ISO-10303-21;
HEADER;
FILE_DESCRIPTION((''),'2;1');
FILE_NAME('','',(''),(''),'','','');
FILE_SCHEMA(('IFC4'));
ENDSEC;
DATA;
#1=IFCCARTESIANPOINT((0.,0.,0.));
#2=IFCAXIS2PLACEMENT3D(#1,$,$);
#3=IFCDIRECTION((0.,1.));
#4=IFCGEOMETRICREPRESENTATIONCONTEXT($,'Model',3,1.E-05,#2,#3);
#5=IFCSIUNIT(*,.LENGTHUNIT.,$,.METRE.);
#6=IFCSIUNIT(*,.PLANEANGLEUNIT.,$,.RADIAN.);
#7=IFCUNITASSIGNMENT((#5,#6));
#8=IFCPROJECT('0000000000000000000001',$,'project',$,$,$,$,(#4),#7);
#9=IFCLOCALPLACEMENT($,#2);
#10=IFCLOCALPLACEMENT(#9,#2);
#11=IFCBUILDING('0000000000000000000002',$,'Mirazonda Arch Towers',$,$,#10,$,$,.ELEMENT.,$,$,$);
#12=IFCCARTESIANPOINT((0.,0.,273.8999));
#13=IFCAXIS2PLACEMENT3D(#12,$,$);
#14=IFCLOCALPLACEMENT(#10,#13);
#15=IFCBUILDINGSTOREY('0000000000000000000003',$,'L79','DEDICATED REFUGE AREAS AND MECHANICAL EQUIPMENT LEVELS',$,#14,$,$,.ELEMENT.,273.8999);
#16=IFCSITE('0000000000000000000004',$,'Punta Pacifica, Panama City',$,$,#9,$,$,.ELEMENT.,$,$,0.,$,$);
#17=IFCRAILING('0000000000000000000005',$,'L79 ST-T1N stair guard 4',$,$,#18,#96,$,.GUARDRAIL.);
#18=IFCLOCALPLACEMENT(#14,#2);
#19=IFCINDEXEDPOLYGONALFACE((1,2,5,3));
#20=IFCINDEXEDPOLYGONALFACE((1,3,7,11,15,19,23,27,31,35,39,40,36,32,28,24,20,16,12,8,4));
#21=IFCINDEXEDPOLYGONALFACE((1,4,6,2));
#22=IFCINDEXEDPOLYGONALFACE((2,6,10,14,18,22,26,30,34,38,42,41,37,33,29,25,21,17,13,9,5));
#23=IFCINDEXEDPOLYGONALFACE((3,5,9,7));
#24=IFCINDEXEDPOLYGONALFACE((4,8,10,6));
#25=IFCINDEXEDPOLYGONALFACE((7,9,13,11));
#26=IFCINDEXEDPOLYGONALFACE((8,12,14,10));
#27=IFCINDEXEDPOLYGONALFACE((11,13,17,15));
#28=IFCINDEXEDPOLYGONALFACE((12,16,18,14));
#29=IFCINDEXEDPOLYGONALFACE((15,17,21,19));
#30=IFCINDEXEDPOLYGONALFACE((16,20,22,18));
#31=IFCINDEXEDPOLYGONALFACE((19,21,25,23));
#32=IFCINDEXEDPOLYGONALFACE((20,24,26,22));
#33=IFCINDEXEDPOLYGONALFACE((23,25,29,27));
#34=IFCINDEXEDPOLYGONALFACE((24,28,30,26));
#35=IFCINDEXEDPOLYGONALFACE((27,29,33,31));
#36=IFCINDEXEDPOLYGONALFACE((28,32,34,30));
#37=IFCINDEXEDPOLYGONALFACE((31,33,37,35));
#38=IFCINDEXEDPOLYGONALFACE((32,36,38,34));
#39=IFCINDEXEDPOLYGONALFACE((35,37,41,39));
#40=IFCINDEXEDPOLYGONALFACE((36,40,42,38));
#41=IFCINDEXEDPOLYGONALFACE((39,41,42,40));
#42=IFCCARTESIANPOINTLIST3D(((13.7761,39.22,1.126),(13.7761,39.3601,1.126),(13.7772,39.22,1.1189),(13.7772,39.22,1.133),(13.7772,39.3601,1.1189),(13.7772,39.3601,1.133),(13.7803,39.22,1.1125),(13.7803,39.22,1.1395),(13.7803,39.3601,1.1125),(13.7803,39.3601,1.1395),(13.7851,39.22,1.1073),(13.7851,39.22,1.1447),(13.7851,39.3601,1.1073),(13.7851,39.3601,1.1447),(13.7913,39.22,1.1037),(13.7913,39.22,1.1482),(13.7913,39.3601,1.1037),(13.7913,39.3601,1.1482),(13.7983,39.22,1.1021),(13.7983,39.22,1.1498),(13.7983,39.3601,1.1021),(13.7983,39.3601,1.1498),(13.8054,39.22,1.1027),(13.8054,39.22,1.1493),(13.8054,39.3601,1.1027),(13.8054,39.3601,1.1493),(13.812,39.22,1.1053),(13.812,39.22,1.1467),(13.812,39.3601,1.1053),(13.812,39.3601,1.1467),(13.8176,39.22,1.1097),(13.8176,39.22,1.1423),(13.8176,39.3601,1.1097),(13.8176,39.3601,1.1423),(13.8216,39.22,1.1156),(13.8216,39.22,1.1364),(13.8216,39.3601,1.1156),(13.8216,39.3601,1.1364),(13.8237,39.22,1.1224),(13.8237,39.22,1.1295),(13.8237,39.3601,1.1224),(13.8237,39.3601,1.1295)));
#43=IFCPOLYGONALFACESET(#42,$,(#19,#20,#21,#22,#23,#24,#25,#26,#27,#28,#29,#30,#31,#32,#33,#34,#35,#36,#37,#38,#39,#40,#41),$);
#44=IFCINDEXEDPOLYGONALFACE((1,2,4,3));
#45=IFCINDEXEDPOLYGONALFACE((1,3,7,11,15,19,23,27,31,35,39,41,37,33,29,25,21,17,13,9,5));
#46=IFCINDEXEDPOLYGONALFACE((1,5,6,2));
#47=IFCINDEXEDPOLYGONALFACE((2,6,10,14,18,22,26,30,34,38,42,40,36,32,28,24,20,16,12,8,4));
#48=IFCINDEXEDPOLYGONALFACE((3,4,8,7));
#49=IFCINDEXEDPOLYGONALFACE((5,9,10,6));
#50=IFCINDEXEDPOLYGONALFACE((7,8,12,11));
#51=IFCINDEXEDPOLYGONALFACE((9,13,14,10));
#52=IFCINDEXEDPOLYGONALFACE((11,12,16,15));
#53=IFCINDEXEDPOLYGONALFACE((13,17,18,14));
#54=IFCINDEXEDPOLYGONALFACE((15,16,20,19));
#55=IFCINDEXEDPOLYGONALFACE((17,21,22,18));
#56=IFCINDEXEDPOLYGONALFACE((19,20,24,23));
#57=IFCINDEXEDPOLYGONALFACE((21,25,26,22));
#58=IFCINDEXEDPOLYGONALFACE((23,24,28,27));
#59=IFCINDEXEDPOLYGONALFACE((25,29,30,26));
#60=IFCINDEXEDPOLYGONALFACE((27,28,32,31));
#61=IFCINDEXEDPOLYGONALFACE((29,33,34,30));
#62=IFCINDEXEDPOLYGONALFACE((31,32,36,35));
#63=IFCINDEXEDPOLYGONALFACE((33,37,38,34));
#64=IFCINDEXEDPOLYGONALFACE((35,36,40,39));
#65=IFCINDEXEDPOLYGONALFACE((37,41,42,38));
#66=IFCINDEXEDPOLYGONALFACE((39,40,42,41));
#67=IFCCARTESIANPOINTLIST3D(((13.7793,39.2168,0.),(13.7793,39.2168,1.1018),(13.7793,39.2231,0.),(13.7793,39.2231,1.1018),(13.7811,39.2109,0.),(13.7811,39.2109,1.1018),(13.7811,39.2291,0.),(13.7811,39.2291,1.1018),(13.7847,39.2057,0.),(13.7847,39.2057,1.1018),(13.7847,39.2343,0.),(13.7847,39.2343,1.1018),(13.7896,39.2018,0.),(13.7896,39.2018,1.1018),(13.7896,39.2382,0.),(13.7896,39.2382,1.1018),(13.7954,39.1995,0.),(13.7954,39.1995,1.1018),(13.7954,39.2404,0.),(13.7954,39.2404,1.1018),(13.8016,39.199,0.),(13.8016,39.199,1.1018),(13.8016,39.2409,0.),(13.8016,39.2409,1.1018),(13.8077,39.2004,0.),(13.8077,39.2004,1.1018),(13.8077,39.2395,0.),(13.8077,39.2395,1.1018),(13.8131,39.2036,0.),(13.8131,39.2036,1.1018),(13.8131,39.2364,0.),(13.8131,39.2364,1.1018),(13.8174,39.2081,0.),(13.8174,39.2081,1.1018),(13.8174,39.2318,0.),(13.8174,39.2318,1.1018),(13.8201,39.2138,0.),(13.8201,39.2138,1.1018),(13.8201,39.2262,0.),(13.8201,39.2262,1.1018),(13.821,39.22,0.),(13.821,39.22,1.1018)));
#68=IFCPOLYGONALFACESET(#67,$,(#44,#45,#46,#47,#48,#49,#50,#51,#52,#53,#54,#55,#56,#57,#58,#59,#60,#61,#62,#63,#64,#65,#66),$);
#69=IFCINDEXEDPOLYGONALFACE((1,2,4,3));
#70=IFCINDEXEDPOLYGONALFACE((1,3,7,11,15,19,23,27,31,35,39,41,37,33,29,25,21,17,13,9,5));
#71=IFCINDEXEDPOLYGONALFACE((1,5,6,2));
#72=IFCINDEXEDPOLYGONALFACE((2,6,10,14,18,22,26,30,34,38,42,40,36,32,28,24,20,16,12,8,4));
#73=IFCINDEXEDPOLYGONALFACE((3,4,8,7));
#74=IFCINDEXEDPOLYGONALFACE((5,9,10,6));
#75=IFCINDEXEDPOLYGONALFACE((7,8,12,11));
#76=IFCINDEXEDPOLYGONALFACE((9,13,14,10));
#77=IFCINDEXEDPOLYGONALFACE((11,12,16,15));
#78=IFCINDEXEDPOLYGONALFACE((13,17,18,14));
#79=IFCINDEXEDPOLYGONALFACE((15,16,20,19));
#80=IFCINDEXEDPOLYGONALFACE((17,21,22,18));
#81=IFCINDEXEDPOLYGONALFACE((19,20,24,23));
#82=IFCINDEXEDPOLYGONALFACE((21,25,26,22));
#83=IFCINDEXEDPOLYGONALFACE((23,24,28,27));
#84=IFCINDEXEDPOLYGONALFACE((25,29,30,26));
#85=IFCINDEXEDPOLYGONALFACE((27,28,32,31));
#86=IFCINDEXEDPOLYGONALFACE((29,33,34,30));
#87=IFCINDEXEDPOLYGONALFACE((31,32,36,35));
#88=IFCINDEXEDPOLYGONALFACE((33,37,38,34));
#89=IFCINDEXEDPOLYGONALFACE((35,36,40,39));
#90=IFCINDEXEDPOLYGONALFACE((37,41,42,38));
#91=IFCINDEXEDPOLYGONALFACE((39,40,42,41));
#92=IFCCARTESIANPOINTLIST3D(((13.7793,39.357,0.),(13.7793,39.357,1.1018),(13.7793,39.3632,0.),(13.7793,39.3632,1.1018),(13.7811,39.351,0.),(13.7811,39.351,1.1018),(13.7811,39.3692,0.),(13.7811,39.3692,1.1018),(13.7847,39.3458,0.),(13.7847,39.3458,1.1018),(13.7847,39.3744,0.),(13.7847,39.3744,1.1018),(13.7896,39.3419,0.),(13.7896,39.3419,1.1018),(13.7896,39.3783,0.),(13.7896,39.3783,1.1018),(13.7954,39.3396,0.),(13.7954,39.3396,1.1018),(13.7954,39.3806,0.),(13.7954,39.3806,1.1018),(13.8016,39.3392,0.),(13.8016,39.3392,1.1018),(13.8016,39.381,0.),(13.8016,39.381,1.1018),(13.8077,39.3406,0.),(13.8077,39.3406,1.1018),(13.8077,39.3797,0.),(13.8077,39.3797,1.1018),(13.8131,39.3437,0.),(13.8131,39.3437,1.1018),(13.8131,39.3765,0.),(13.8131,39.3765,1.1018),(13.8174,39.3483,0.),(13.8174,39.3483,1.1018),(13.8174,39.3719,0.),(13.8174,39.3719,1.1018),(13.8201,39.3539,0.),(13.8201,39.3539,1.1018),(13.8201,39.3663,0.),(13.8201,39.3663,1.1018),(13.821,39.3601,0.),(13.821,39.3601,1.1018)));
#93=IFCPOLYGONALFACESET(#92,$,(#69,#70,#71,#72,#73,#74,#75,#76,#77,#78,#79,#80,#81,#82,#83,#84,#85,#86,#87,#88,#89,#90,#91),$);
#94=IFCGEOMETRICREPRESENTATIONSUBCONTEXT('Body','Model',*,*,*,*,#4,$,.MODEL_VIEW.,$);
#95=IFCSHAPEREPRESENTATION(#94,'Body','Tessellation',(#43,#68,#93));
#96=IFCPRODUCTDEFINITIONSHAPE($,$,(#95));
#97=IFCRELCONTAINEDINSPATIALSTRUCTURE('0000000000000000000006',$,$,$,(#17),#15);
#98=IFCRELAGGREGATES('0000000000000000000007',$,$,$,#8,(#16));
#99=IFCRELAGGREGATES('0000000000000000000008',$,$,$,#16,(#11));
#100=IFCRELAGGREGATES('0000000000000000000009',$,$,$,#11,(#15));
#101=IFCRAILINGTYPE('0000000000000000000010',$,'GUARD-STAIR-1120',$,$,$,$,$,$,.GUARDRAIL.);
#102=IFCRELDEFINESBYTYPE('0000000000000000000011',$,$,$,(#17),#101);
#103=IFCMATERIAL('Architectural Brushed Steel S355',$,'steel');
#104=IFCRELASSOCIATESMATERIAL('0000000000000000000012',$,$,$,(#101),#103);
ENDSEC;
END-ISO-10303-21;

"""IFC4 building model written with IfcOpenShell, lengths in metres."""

from ifc_helpers import new_model, si_unit, direction, frame, origin, origin_2d, place, context, subcontext, project, spatial, circle, extrude, material, type_object, element, save


model = new_model("IFC4")

# Units and contexts
model_context = context("Model", 3, precision=1e-05, world=origin(), true_north=direction((0.0, 1.0)))
body_context = subcontext(model_context, "Body", "Model", "MODEL_VIEW")
ifc_project = project(units=[si_unit("LENGTHUNIT", "METRE"), si_unit("PLANEANGLEUNIT", "RADIAN")], contexts=[model_context])

# Site, building, storey
site_placement = place(None, origin())
site = spatial("IfcSite", under=ifc_project, at=site_placement, Name="Punta Pacifica, Panama City", CompositionType="ELEMENT", RefElevation=0.0)
building_placement = place(site_placement, origin())
building = spatial("IfcBuilding", under=site, at=building_placement, Name="Mirazonda Arch Towers", CompositionType="ELEMENT")
storey_placement = place(building_placement, frame((0.0, 0.0, 273.8999)))
storey = spatial("IfcBuildingStorey", under=building, at=storey_placement, Name="L79", Description="DEDICATED REFUGE AREAS AND MECHANICAL EQUIPMENT LEVELS", CompositionType="ELEMENT", Elevation=273.8999)

# Shared definitions
ifc_material_1 = material(Name="Architectural Brushed Steel S355", Category="steel")

# Railing
railing_type_1 = type_object("IfcRailingType", Name="GUARD-STAIR-1120", PredefinedType="GUARDRAIL", material=ifc_material_1)
railing_1_placement = place(storey_placement, frame((13.8, 39.22, 0.0)))
element("IfcRailing", 1, at=railing_1_placement, inside=storey, type_object=railing_type_1, Name="L79 ST-T1N stair guard 4", PredefinedType="GUARDRAIL", context=body_context, shape_type="SweptSolid", body=[
    extrude(circle(Radius=0.0239, at=origin_2d()), frame((0.0, 0.0, 1.126), z_axis=(0.0, 1.0, 0.0), x_axis=(-1.0, 0.0, 0.0)), (0.0, 0.0, 1.0), 0.1401),
    extrude(circle(Radius=0.021, at=origin_2d()), origin(), (0.0, 0.0, 1.0), 1.1018),
    extrude(circle(Radius=0.021, at=origin_2d()), frame((0.0, 0.1401, 0.0)), (0.0, 0.0, 1.0), 1.1018),
])

save(model, "model.ifc")
